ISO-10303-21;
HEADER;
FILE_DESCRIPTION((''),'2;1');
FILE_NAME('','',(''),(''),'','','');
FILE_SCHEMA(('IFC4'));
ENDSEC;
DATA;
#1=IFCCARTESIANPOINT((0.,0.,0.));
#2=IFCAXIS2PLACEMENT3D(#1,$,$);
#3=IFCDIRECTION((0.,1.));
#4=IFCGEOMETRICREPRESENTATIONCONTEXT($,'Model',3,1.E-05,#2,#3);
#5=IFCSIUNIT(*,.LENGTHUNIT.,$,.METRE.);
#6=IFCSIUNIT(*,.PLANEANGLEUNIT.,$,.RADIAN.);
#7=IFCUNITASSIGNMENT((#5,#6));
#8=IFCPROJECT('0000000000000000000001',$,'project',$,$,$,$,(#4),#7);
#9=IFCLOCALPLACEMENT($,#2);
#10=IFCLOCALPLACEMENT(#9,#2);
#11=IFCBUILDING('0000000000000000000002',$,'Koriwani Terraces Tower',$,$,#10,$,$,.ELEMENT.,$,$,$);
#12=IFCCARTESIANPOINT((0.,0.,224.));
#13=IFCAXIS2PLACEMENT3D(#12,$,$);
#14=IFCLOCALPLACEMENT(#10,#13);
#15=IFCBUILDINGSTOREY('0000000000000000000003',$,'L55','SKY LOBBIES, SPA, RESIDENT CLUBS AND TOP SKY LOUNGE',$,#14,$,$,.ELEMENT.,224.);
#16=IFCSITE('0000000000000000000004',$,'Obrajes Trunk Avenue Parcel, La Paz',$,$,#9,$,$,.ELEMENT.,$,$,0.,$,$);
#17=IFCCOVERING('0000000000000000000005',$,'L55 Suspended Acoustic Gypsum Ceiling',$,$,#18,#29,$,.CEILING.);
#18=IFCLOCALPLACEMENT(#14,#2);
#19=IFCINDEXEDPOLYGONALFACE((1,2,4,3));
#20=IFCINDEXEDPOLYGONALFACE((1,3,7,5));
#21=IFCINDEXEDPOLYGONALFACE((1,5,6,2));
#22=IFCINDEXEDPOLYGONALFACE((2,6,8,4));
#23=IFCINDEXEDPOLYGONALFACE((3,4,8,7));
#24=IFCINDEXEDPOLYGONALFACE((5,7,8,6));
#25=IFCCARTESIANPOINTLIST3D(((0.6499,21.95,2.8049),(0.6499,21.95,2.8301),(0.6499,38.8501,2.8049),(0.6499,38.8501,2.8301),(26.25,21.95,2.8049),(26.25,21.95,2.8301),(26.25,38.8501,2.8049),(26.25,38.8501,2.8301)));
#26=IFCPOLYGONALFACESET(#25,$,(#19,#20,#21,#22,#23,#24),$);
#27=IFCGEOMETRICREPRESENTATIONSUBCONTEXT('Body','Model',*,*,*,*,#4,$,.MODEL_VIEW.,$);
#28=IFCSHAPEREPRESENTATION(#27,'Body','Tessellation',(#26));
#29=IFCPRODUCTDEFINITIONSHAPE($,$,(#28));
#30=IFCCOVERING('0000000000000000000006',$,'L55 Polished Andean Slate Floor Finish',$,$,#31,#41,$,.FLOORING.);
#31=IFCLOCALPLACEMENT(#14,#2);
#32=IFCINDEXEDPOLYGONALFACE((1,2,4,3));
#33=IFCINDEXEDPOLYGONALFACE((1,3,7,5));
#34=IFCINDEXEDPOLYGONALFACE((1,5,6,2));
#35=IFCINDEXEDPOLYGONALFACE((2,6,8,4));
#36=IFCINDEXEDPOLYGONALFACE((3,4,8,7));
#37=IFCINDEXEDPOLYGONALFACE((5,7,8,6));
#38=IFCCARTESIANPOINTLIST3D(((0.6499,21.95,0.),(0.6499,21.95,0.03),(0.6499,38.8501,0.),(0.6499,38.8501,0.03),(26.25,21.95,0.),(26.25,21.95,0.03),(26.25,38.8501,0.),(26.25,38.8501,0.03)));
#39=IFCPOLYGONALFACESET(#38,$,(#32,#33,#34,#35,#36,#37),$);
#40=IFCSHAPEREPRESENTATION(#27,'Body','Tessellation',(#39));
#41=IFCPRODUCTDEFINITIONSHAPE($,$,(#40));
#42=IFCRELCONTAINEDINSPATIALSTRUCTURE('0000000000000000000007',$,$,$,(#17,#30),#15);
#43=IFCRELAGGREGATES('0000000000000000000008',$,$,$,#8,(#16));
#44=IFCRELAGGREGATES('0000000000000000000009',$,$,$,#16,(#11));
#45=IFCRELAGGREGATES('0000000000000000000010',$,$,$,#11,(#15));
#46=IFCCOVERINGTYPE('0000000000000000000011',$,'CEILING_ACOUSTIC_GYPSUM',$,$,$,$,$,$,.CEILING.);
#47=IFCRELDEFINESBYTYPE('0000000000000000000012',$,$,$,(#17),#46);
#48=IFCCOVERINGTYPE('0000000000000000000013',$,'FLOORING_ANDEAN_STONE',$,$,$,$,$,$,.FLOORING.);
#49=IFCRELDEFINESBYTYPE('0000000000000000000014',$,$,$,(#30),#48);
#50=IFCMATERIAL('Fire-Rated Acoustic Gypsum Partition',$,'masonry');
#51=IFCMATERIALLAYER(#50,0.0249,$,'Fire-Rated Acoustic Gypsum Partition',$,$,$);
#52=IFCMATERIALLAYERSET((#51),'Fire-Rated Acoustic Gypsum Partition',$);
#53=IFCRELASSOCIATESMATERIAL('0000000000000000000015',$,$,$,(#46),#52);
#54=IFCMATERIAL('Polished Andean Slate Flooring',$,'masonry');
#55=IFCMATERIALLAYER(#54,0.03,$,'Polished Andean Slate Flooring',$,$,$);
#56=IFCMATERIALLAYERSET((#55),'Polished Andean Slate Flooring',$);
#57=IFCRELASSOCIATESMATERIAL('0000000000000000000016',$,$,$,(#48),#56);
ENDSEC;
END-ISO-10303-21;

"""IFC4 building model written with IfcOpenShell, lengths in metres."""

from ifc_helpers import new_model, si_unit, direction, frame, origin, place, context, subcontext, project, spatial, polyline, outline, extrude, material, layer, layer_set, type_object, element, save


model = new_model("IFC4")

# Units and contexts
model_context = context("Model", 3, precision=1e-05, world=origin(), true_north=direction((0.0, 1.0)))
body_context = subcontext(model_context, "Body", "Model", "MODEL_VIEW")
ifc_project = project(units=[si_unit("LENGTHUNIT", "METRE"), si_unit("PLANEANGLEUNIT", "RADIAN")], contexts=[model_context])

# Site, building, storey
site_placement = place(None, origin())
site = spatial("IfcSite", under=ifc_project, at=site_placement, Name="Obrajes Trunk Avenue Parcel, La Paz", CompositionType="ELEMENT", RefElevation=0.0)
building_placement = place(site_placement, origin())
building = spatial("IfcBuilding", under=site, at=building_placement, Name="Koriwani Terraces Tower", CompositionType="ELEMENT")
storey_placement = place(building_placement, frame((0.0, 0.0, 224.0)))
storey = spatial("IfcBuildingStorey", under=building, at=storey_placement, Name="L55", Description="SKY LOBBIES, SPA, RESIDENT CLUBS AND TOP SKY LOUNGE", CompositionType="ELEMENT", Elevation=224.0)

# Coverings
ifc_material_1 = material(Name="Fire-Rated Acoustic Gypsum Partition", Category="masonry")
ifc_layer_1 = layer(ifc_material_1, 0.0249, Name="Fire-Rated Acoustic Gypsum Partition")
ifc_layer_set_1 = layer_set([ifc_layer_1], Name="Fire-Rated Acoustic Gypsum Partition")
covering_type_1 = type_object("IfcCoveringType", Name="CEILING_ACOUSTIC_GYPSUM", PredefinedType="CEILING", material=ifc_layer_set_1)
covering_1_placement = place(storey_placement, frame((0.0, 0.0, 2.8049)))
element("IfcCovering", 1, at=covering_1_placement, inside=storey, type_object=covering_type_1, Name="L55 Suspended Acoustic Gypsum Ceiling", PredefinedType="CEILING", context=body_context, shape_type="SweptSolid", body=[
    extrude(outline(polyline([(0.6499, 21.95), (0.6499, 38.8501), (26.25, 38.8501), (26.25, 21.95), (0.6499, 21.95)])), origin(), (0.0, 0.0, 1.0), 0.0251),
])
ifc_material_2 = material(Name="Polished Andean Slate Flooring", Category="masonry")
ifc_layer_2 = layer(ifc_material_2, 0.03, Name="Polished Andean Slate Flooring")
ifc_layer_set_2 = layer_set([ifc_layer_2], Name="Polished Andean Slate Flooring")
covering_type_2 = type_object("IfcCoveringType", Name="FLOORING_ANDEAN_STONE", PredefinedType="FLOORING", material=ifc_layer_set_2)
covering_2_placement = place(storey_placement, origin())
element("IfcCovering", 2, at=covering_2_placement, inside=storey, type_object=covering_type_2, Name="L55 Polished Andean Slate Floor Finish", PredefinedType="FLOORING", context=body_context, shape_type="SweptSolid", body=[
    extrude(outline(polyline([(0.6499, 21.95), (0.6499, 38.8501), (26.25, 38.8501), (26.25, 21.95), (0.6499, 21.95)])), origin(), (0.0, 0.0, 1.0), 0.03),
])

save(model, "model.ifc")
